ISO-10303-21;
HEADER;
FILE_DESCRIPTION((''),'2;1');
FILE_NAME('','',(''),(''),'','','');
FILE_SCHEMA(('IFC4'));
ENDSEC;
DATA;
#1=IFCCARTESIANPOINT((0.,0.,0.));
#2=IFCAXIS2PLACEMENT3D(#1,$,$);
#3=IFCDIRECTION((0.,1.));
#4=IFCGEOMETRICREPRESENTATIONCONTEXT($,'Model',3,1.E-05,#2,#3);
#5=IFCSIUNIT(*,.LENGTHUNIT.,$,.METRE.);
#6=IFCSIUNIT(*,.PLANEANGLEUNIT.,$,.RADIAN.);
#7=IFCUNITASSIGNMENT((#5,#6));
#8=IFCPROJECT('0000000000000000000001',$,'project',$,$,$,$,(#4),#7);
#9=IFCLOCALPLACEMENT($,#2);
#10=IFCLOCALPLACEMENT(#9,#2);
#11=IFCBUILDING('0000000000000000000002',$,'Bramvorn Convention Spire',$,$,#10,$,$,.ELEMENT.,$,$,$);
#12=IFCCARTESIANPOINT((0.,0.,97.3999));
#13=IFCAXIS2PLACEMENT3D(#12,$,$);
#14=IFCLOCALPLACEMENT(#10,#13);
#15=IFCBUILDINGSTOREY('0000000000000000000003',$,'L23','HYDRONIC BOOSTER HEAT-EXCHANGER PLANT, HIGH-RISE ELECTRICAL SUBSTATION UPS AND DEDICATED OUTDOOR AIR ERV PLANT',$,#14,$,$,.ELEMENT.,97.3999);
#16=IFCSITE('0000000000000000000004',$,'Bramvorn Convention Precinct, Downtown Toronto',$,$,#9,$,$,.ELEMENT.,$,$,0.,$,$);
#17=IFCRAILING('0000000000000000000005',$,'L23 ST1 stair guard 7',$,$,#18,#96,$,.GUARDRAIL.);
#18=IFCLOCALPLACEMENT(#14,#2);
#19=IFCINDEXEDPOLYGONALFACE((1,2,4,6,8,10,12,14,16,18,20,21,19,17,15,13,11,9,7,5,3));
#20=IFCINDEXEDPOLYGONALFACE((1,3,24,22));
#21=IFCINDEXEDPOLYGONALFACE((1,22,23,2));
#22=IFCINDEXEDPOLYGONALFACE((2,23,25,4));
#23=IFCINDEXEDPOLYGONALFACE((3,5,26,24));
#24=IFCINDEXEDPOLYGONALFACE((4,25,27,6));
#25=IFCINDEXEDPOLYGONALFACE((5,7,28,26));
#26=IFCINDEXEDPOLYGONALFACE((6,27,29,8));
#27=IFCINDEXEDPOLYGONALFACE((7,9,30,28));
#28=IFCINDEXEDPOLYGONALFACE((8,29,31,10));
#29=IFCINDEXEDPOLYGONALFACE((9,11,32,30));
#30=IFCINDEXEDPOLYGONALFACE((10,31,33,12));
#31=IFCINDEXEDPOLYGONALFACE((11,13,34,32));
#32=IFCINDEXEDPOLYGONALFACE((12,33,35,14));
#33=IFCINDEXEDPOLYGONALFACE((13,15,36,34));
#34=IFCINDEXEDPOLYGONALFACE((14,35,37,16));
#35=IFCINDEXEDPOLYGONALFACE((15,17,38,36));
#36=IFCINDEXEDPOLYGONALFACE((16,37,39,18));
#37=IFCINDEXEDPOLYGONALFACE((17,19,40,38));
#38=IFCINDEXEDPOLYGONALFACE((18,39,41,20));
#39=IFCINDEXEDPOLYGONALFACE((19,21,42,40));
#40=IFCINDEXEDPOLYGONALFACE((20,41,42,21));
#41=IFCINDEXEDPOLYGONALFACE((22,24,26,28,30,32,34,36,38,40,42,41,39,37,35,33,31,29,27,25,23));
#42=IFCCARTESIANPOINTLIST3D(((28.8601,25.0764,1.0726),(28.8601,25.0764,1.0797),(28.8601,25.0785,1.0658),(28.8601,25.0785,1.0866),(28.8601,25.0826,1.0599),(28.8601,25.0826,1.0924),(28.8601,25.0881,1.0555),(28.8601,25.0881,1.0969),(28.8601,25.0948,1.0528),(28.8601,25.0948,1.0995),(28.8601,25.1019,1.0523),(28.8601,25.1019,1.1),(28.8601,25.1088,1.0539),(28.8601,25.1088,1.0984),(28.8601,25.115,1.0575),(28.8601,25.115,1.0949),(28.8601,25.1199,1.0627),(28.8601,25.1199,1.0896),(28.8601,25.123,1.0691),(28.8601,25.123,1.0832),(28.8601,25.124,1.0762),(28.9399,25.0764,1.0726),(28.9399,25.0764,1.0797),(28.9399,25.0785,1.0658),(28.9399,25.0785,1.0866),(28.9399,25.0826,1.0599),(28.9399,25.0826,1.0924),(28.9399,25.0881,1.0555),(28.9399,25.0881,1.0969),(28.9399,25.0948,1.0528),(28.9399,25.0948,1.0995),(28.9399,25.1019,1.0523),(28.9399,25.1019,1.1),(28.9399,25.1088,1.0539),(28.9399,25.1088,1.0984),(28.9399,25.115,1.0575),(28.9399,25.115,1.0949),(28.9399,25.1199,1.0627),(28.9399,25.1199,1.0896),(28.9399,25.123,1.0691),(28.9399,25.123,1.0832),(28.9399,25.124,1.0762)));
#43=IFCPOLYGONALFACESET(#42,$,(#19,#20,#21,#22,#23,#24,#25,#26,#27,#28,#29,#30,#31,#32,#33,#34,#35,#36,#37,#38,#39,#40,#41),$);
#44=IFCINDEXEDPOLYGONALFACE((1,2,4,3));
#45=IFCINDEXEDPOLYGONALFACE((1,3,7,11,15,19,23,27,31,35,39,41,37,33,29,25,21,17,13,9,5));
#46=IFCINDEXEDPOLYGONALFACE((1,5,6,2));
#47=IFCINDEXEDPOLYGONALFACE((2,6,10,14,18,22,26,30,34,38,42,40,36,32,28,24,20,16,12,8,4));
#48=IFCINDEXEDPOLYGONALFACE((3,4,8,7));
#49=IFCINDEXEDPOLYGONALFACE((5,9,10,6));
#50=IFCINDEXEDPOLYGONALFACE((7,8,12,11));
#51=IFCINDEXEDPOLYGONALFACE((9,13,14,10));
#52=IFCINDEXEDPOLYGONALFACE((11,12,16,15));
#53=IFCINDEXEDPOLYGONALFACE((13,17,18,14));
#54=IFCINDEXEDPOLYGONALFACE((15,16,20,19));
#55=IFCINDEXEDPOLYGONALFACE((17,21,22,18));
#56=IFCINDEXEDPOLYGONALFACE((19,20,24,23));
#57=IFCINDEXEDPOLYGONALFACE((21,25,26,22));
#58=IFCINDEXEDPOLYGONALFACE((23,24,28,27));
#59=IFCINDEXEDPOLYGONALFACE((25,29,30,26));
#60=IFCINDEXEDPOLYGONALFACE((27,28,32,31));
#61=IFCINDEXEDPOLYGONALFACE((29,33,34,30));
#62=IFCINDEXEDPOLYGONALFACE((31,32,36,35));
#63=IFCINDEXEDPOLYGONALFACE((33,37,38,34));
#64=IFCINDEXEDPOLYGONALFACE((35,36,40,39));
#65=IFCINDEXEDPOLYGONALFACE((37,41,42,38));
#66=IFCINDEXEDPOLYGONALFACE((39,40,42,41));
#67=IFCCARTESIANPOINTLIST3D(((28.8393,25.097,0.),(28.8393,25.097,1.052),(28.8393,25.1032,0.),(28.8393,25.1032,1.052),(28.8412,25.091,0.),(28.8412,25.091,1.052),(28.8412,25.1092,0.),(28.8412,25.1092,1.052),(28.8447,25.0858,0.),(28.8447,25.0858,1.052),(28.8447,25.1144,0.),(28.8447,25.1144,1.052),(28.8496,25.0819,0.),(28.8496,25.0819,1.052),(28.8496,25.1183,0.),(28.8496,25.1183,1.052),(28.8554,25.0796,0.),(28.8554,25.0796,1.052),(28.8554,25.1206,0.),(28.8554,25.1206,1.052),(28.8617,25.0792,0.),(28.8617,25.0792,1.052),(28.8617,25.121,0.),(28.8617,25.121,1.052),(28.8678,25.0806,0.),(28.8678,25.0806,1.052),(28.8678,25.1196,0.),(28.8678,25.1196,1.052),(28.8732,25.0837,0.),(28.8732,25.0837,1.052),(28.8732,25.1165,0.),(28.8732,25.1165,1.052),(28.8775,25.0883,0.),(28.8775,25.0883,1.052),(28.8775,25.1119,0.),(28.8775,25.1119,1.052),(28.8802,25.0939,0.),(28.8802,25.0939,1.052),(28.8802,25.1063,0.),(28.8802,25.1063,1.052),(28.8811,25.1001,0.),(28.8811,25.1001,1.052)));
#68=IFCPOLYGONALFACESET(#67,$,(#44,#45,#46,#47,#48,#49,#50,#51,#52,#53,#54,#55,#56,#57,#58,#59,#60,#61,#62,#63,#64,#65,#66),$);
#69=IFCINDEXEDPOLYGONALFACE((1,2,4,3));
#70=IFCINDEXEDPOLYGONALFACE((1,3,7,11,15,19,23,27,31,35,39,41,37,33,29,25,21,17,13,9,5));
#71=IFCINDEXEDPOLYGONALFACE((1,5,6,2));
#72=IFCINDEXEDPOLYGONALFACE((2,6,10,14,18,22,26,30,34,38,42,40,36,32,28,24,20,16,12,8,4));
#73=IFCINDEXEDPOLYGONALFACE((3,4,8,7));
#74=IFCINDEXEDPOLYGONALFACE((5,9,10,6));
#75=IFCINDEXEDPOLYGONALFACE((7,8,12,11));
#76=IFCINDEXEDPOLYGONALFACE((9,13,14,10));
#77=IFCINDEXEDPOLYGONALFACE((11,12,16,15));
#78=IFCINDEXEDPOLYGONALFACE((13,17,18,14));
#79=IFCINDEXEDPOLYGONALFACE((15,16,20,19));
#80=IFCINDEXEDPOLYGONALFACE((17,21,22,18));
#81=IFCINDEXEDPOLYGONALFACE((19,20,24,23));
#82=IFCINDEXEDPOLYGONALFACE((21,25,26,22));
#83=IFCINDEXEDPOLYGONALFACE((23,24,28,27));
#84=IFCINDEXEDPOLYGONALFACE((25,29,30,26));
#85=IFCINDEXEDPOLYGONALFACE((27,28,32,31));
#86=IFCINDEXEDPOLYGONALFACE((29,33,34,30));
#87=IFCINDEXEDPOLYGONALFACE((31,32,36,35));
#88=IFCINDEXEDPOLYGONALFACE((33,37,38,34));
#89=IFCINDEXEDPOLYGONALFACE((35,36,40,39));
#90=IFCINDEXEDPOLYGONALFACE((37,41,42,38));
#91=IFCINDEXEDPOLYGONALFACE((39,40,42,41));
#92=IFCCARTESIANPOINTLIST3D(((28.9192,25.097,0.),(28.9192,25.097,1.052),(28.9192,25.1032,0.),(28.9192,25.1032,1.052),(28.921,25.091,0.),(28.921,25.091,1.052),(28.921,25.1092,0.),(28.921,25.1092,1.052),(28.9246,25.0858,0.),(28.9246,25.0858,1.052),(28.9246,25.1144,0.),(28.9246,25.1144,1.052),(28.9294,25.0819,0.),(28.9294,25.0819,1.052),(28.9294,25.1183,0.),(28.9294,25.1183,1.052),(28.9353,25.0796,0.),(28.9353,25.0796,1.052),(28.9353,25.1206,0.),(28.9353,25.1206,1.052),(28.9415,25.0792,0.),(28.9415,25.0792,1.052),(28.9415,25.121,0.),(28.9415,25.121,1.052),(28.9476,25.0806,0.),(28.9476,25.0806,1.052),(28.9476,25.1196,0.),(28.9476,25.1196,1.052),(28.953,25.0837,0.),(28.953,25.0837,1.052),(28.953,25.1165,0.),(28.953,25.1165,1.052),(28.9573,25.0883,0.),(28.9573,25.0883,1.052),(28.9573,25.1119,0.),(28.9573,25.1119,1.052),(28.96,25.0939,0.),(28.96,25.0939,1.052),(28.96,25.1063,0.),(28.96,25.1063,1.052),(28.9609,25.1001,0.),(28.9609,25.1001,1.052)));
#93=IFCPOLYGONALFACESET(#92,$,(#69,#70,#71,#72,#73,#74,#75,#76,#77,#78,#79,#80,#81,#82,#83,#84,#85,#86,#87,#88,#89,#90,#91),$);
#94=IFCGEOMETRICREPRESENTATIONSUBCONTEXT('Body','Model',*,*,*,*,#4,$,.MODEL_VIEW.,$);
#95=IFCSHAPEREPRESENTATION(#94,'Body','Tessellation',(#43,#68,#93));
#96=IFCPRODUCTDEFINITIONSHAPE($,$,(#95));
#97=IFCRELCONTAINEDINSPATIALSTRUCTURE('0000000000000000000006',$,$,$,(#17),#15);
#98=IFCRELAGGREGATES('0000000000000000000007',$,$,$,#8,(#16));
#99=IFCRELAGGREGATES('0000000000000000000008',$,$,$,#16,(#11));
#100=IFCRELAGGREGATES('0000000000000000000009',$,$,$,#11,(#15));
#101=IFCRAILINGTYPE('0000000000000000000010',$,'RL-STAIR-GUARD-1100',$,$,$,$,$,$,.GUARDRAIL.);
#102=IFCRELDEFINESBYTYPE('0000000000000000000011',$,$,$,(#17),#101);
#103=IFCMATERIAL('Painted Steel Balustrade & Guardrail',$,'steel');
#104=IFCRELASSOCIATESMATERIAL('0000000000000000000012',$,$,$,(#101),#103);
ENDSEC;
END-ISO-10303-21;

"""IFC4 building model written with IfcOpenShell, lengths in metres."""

from ifc_helpers import new_model, si_unit, direction, frame, origin, origin_2d, place, context, subcontext, project, spatial, circle, extrude, material, type_object, element, save


model = new_model("IFC4")

# Units and contexts
model_context = context("Model", 3, precision=1e-05, world=origin(), true_north=direction((0.0, 1.0)))
body_context = subcontext(model_context, "Body", "Model", "MODEL_VIEW")
ifc_project = project(units=[si_unit("LENGTHUNIT", "METRE"), si_unit("PLANEANGLEUNIT", "RADIAN")], contexts=[model_context])

# Site, building, storey
site_placement = place(None, origin())
site = spatial("IfcSite", under=ifc_project, at=site_placement, Name="Bramvorn Convention Precinct, Downtown Toronto", CompositionType="ELEMENT", RefElevation=0.0)
building_placement = place(site_placement, origin())
building = spatial("IfcBuilding", under=site, at=building_placement, Name="Bramvorn Convention Spire", CompositionType="ELEMENT")
storey_placement = place(building_placement, frame((0.0, 0.0, 97.3999)))
storey = spatial("IfcBuildingStorey", under=building, at=storey_placement, Name="L23", Description="HYDRONIC BOOSTER HEAT-EXCHANGER PLANT, HIGH-RISE ELECTRICAL SUBSTATION UPS AND DEDICATED OUTDOOR AIR ERV PLANT", CompositionType="ELEMENT", Elevation=97.3999)

# Railing
ifc_material_1 = material(Name="Painted Steel Balustrade & Guardrail", Category="steel")
railing_type_1 = type_object("IfcRailingType", Name="RL-STAIR-GUARD-1100", PredefinedType="GUARDRAIL", material=ifc_material_1)
railing_1_placement = place(storey_placement, frame((28.8601, 25.1001, 0.0)))
element("IfcRailing", 1, at=railing_1_placement, inside=storey, type_object=railing_type_1, Name="L23 ST1 stair guard 7", PredefinedType="GUARDRAIL", context=body_context, shape_type="SweptSolid", body=[
    extrude(circle(Radius=0.0239, at=origin_2d()), frame((0.0, 0.0, 1.0762), z_axis=(1.0, 0.0, 0.0), x_axis=(0.0, 1.0, 0.0)), (0.0, 0.0, 1.0), 0.0798),
    extrude(circle(Radius=0.021, at=origin_2d()), origin(), (0.0, 0.0, 1.0), 1.052),
    extrude(circle(Radius=0.021, at=origin_2d()), frame((0.0798, 0.0, 0.0)), (0.0, 0.0, 1.0), 1.052),
])

save(model, "model.ifc")
